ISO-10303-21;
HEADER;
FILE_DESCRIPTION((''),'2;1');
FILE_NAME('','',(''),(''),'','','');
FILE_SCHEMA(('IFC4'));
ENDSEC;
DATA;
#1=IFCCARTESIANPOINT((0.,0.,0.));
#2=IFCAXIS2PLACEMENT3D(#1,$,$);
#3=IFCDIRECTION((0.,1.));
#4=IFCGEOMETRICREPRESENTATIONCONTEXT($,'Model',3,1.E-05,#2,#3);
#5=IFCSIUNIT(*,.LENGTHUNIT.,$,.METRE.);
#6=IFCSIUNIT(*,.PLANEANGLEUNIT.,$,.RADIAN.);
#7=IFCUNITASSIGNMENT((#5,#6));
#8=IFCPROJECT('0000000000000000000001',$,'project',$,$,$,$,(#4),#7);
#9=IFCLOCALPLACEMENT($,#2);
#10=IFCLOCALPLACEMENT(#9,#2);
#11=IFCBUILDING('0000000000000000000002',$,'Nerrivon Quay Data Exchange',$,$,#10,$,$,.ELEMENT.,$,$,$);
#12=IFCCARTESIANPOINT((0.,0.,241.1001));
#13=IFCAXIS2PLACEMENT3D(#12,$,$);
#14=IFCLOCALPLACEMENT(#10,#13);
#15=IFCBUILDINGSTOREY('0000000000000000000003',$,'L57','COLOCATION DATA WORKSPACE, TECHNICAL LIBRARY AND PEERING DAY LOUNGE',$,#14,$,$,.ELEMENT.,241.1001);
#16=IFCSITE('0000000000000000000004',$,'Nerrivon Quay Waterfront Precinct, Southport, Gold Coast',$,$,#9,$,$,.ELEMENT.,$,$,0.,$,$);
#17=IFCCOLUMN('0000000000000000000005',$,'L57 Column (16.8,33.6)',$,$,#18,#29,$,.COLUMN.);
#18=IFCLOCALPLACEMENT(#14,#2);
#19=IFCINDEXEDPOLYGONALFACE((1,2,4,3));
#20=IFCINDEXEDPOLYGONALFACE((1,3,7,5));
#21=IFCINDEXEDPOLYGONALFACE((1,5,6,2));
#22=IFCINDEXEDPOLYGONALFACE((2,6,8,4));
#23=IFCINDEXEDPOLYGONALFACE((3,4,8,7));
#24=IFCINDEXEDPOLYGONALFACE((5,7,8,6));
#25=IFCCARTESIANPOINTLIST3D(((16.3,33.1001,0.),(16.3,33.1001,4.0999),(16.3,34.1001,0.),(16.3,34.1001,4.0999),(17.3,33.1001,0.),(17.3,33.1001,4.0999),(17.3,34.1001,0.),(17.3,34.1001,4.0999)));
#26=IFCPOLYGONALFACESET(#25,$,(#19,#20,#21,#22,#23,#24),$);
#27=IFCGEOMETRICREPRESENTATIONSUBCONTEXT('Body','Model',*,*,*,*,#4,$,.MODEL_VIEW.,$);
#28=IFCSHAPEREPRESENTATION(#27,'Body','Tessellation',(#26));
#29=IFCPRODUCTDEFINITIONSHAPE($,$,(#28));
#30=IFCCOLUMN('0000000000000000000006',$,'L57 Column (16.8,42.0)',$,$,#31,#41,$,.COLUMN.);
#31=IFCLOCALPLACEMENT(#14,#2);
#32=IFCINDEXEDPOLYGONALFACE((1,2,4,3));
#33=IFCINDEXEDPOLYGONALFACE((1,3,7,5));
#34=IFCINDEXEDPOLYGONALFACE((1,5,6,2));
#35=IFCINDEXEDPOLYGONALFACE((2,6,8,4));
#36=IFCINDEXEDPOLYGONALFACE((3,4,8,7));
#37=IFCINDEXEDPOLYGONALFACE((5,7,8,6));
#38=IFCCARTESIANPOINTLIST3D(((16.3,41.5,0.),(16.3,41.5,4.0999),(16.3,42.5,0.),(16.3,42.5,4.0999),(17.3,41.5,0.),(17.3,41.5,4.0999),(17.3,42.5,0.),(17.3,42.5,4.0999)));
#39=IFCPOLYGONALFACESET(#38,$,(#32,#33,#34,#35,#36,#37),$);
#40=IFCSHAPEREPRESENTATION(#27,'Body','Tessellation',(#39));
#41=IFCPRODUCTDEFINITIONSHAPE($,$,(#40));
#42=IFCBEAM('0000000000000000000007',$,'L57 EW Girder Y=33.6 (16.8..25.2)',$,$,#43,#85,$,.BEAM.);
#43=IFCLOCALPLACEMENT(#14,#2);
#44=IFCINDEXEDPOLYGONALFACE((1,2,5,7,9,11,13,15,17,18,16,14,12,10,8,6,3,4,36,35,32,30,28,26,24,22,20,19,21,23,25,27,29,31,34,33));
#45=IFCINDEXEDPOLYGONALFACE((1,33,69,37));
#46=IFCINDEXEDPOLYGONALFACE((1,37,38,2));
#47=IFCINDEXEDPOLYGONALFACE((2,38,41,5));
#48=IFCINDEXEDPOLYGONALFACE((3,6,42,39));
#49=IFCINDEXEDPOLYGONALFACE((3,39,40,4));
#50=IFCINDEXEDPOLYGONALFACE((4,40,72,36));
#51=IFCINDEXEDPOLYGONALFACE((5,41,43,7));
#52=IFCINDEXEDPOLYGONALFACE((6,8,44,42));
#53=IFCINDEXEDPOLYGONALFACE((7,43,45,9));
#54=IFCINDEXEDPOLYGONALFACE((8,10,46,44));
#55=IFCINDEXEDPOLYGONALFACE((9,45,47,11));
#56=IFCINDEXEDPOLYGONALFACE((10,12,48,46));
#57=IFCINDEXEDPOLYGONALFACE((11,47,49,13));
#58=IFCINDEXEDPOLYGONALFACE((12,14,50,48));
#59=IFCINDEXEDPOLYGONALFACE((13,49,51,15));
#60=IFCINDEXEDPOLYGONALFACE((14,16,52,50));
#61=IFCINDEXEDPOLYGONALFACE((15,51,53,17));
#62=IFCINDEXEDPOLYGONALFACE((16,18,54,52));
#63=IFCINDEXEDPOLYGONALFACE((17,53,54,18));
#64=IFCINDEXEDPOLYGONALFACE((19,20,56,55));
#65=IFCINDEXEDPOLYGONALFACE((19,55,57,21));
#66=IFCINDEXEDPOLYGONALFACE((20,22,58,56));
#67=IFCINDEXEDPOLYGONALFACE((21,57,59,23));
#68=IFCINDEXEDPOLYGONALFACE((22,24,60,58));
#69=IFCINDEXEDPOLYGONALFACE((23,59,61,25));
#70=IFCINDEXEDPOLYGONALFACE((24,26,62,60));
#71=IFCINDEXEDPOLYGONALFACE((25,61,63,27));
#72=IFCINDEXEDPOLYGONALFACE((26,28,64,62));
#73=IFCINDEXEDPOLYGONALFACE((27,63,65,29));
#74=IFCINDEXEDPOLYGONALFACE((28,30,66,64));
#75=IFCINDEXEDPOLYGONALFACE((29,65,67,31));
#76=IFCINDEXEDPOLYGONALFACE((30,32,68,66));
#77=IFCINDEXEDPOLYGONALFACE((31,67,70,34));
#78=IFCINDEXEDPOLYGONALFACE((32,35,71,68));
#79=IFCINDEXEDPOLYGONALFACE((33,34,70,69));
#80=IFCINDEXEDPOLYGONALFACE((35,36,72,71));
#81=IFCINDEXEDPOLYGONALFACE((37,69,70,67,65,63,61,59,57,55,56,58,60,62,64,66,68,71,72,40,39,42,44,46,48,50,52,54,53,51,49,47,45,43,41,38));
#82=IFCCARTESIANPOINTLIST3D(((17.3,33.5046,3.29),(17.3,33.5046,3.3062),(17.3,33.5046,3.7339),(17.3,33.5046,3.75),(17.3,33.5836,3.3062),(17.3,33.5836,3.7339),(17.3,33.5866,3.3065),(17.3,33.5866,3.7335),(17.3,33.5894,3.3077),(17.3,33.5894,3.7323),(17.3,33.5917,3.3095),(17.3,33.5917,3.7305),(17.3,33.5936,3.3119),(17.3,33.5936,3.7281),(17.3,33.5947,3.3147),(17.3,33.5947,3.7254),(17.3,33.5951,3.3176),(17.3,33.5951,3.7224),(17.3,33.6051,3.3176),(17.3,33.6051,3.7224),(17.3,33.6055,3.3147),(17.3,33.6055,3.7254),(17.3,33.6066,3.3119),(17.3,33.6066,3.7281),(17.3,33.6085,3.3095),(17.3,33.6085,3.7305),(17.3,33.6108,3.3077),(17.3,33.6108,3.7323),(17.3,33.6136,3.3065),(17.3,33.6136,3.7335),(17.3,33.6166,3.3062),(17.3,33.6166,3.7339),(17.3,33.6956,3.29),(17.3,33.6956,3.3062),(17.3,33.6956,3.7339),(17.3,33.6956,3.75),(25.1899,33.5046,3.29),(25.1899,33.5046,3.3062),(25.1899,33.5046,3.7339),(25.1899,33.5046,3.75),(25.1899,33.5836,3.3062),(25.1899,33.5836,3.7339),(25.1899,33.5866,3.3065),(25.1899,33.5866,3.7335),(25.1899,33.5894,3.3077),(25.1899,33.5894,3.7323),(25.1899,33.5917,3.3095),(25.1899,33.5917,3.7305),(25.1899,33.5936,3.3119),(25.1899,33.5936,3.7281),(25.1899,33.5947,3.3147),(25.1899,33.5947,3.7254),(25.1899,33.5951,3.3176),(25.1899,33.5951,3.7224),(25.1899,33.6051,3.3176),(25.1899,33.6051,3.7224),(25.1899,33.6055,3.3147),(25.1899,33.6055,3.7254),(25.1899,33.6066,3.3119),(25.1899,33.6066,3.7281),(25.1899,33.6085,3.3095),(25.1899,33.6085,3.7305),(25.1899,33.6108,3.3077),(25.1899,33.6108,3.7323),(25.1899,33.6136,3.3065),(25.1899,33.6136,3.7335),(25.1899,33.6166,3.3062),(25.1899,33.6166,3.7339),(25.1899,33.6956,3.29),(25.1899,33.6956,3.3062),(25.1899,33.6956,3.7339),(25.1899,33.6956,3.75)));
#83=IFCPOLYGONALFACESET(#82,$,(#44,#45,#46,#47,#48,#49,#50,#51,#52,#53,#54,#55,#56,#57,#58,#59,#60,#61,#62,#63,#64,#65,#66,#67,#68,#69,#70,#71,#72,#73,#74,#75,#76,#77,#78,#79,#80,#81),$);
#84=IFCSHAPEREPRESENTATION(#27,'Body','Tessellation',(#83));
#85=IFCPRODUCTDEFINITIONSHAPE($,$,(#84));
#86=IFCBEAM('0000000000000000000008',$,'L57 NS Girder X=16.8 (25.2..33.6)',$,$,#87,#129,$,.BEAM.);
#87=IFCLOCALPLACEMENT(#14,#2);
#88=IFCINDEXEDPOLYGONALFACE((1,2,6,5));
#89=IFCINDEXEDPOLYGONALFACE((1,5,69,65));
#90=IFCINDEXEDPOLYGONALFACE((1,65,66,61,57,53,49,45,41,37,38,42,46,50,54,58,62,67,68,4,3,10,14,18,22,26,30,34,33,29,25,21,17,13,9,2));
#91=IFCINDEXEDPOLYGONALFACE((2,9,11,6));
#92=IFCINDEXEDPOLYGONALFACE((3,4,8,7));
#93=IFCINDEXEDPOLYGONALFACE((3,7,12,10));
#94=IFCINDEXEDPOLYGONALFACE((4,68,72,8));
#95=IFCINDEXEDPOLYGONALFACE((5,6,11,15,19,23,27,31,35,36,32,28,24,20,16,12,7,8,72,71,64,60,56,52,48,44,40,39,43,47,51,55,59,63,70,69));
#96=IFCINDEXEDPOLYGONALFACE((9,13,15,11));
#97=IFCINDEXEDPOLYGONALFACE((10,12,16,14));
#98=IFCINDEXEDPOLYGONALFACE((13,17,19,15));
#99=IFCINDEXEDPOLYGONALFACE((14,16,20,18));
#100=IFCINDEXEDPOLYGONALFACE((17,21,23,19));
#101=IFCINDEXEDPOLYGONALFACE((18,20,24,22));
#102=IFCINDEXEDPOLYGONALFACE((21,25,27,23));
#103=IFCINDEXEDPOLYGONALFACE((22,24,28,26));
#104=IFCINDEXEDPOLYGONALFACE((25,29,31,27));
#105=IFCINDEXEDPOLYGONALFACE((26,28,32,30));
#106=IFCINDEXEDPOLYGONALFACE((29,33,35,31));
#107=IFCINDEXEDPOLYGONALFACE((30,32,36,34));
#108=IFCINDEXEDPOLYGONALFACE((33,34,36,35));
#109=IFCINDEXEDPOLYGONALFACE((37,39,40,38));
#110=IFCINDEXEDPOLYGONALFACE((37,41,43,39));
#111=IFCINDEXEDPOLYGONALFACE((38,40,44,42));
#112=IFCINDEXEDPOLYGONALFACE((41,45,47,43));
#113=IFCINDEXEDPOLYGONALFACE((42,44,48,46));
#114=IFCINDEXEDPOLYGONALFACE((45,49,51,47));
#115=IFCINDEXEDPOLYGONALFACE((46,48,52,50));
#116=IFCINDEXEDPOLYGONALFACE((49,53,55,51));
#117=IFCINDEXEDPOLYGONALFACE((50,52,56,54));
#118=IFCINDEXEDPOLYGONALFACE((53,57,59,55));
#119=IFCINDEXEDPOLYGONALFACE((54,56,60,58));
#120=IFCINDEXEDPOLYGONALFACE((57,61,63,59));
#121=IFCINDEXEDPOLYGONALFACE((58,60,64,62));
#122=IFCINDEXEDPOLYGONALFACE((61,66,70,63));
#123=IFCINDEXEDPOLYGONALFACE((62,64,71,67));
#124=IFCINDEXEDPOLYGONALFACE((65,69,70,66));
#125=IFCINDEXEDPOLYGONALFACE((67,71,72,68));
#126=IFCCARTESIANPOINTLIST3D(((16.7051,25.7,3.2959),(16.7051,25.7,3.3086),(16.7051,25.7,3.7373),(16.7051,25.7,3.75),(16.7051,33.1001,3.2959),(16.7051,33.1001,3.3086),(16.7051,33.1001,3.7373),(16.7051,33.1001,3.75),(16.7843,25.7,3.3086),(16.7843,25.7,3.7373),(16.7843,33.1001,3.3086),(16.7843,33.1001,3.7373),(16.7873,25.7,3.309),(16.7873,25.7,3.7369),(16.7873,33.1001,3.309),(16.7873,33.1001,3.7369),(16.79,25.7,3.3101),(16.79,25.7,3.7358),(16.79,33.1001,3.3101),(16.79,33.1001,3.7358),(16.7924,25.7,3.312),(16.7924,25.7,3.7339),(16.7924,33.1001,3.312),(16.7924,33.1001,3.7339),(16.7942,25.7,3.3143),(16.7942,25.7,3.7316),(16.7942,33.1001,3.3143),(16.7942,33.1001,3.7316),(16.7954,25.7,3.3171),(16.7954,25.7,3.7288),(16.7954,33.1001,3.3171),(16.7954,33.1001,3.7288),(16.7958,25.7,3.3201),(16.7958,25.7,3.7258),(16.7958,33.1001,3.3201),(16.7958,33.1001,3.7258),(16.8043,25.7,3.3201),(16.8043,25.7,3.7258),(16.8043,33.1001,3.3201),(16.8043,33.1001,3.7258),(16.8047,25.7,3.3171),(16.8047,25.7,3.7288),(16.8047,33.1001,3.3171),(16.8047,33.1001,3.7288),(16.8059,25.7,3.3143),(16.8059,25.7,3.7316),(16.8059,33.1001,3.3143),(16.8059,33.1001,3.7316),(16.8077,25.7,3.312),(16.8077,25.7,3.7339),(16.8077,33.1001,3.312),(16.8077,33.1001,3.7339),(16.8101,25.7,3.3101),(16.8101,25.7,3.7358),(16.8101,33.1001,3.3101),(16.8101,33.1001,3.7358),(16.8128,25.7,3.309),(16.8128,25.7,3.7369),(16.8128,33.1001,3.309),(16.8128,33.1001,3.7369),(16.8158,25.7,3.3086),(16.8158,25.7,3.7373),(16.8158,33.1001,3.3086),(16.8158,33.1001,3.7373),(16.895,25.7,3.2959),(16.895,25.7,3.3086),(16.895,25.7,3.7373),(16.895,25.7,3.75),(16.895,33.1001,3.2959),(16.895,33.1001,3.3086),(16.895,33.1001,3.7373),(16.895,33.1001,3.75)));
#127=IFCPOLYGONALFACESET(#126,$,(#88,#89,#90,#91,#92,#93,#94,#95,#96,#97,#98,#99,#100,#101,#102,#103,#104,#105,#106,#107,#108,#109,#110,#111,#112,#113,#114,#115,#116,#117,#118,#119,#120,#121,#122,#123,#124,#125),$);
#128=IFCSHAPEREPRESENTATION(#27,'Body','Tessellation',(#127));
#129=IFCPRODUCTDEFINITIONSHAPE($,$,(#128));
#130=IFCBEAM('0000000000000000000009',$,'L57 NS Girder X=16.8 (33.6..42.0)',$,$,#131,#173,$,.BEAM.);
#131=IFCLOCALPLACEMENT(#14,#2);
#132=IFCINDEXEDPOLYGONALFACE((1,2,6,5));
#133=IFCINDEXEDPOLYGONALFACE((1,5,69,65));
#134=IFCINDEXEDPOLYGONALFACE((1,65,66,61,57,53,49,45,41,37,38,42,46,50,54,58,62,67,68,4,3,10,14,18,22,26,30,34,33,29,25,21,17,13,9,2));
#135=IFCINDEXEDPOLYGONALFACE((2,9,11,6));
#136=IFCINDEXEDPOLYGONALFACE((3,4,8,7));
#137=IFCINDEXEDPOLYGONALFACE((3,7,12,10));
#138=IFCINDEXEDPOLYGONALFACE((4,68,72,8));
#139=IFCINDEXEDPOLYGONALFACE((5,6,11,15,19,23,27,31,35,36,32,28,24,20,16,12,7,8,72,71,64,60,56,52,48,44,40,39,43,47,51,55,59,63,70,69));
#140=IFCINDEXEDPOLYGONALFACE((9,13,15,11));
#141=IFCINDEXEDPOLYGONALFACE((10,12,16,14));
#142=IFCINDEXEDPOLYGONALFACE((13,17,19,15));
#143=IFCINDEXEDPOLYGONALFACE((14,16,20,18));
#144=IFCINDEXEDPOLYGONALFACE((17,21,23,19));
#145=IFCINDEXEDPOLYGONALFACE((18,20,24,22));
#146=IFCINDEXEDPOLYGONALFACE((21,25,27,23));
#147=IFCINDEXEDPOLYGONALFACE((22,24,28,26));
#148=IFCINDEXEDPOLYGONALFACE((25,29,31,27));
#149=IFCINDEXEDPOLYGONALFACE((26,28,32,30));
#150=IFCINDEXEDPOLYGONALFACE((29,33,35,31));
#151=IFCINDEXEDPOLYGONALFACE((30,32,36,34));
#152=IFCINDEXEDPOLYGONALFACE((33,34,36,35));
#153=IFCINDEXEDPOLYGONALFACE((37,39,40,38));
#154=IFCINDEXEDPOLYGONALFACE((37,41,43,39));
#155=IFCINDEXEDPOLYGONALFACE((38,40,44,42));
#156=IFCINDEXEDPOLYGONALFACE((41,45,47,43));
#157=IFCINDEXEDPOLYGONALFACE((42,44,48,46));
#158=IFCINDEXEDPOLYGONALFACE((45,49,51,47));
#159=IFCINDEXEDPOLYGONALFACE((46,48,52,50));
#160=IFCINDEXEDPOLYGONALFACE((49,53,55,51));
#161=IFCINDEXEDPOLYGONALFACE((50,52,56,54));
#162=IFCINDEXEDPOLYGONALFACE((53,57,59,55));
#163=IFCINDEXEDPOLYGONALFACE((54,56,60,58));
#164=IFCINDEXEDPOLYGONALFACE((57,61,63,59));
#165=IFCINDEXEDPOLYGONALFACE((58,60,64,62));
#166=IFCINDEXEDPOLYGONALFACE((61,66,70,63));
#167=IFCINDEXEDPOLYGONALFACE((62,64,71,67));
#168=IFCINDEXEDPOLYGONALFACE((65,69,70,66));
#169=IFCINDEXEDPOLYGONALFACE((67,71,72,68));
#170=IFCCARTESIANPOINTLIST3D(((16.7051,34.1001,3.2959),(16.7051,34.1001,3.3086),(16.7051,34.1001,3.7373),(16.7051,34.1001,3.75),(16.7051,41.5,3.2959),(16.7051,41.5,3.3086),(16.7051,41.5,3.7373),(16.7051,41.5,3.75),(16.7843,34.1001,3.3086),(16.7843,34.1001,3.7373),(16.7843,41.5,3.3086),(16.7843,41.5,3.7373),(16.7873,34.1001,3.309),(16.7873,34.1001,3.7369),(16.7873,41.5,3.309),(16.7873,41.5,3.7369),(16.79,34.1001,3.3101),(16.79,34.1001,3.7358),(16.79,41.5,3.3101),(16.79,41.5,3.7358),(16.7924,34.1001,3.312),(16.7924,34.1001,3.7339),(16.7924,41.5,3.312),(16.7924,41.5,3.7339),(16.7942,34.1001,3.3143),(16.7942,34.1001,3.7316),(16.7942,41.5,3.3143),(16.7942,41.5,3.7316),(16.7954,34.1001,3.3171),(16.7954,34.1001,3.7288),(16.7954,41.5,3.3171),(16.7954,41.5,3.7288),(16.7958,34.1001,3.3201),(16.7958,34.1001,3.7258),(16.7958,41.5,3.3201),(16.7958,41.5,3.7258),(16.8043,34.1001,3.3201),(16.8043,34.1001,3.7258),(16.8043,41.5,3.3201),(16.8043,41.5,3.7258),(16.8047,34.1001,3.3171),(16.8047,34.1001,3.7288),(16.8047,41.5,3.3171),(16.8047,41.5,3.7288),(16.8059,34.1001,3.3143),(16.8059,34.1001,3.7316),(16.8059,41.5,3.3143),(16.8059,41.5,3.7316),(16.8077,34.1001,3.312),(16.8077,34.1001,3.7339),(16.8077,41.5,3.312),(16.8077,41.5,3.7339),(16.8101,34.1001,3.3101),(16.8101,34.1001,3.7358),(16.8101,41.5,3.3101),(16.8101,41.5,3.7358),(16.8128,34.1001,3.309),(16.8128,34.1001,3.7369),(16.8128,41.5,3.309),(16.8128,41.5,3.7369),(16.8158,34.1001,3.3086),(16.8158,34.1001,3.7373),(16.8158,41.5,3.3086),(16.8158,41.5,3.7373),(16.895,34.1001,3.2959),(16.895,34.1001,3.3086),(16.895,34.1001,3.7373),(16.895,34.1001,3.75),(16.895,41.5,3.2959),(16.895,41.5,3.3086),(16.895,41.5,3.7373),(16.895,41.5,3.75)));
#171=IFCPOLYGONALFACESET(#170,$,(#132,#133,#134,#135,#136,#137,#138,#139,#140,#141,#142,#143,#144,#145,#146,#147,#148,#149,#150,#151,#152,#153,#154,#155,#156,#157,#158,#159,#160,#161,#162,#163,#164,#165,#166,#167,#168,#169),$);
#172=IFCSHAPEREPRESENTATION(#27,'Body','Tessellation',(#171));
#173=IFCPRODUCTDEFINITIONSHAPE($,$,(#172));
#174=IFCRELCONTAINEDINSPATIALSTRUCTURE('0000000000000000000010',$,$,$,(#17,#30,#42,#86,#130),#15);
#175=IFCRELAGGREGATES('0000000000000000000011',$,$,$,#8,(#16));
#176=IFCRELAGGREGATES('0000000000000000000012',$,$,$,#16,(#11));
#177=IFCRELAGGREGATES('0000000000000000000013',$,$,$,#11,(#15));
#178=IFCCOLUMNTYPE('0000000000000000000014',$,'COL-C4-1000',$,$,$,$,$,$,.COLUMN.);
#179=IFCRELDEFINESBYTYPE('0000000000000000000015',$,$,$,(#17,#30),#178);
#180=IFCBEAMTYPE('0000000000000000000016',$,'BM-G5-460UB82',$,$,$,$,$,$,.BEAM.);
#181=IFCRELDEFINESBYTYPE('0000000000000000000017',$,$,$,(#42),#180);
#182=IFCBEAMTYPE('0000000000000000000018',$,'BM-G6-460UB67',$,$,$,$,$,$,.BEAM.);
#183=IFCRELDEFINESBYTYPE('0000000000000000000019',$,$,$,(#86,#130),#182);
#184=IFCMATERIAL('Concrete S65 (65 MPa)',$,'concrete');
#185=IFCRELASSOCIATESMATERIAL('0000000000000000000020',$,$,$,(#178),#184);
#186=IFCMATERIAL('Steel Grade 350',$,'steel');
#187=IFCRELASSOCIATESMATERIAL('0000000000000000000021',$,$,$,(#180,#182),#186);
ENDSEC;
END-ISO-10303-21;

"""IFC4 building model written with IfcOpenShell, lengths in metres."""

from ifc_helpers import new_model, si_unit, direction, frame, origin, origin_2d, place, context, subcontext, project, spatial, rectangle, i_section, extrude, material, material_profile, profile_set, type_object, element, save


model = new_model("IFC4")

# Units and contexts
model_context = context("Model", 3, precision=1e-05, world=origin(), true_north=direction((0.0, 1.0)))
body_context = subcontext(model_context, "Body", "Model", "MODEL_VIEW")
ifc_project = project(units=[si_unit("LENGTHUNIT", "METRE"), si_unit("PLANEANGLEUNIT", "RADIAN")], contexts=[model_context])

# Site, building, storey
site_placement = place(None, origin())
site = spatial("IfcSite", under=ifc_project, at=site_placement, Name="Nerrivon Quay Waterfront Precinct, Southport, Gold Coast", CompositionType="ELEMENT", RefElevation=0.0)
building_placement = place(site_placement, origin())
building = spatial("IfcBuilding", under=site, at=building_placement, Name="Nerrivon Quay Data Exchange", CompositionType="ELEMENT")
storey_placement = place(building_placement, frame((0.0, 0.0, 241.1001)))
storey = spatial("IfcBuildingStorey", under=building, at=storey_placement, Name="L57", Description="COLOCATION DATA WORKSPACE, TECHNICAL LIBRARY AND PEERING DAY LOUNGE", CompositionType="ELEMENT", Elevation=241.1001)

# Columns
ifc_material_1 = material(Name="Concrete S65 (65 MPa)", Category="concrete")
ifc_material_profile_1 = material_profile(ifc_material_1, rectangle(XDim=1.0, YDim=1.0, at=origin_2d()), Name="RC-COL-1000x1000")
ifc_profile_set_1 = profile_set([ifc_material_profile_1], Name="Concrete S65 (65 MPa)")
column_type = type_object("IfcColumnType", Name="COL-C4-1000", PredefinedType="COLUMN", material=ifc_profile_set_1)
for number, where, z_axis, x_axis, name in (
    (1, (16.8, 33.6001, 0.0), (0.0, 0.0, 1.0), (1.0, 0.0, 0.0), "L57 Column (16.8,33.6)"),
    (2, (16.8, 42.0, 0.0), (0.0, 0.0, 1.0), (1.0, 0.0, 0.0), "L57 Column (16.8,42.0)"),
):
    element("IfcColumn", number, at=place(storey_placement, frame(where, z_axis=z_axis, x_axis=x_axis)), inside=storey, type_object=column_type, Name=name, PredefinedType="COLUMN", context=body_context, shape_type="SweptSolid", body=[
        extrude(rectangle(XDim=1.0, YDim=1.0, at=origin_2d()), origin(), (0.0, 0.0, 1.0), 4.0999),
    ])

# Beams
ifc_material_2 = material(Name="Steel Grade 350", Category="steel")
ifc_material_profile_2 = material_profile(ifc_material_2, i_section(OverallWidth=0.1909, OverallDepth=0.46, WebThickness=0.01, FlangeThickness=0.0161, FilletRadius=0.0115, at=origin_2d()), Name="460UB82.1")
ifc_profile_set_2 = profile_set([ifc_material_profile_2], Name="Steel Grade 350")
beam_type_1 = type_object("IfcBeamType", Name="BM-G5-460UB82", PredefinedType="BEAM", material=ifc_profile_set_2)
beam_1_placement = place(storey_placement, frame((17.3, 33.6001, 3.52), z_axis=(1.0, 0.0, 0.0), x_axis=(0.0, 1.0, 0.0)))
element("IfcBeam", 3, at=beam_1_placement, inside=storey, type_object=beam_type_1, Name="L57 EW Girder Y=33.6 (16.8..25.2)", PredefinedType="BEAM", context=body_context, shape_type="SweptSolid", body=[
    extrude(i_section(OverallWidth=0.1909, OverallDepth=0.46, WebThickness=0.01, FlangeThickness=0.0161, FilletRadius=0.0115, at=origin_2d()), origin(), (0.0, 0.0, 1.0), 7.8899),
])
ifc_material_profile_3 = material_profile(ifc_material_2, i_section(OverallWidth=0.1899, OverallDepth=0.4541, WebThickness=0.0085, FlangeThickness=0.0127, FilletRadius=0.0115, at=origin_2d()), Name="460UB67.1")
ifc_profile_set_3 = profile_set([ifc_material_profile_3], Name="Steel Grade 350")
beam_type_2 = type_object("IfcBeamType", Name="BM-G6-460UB67", PredefinedType="BEAM", material=ifc_profile_set_3)
beam_2_placement = place(storey_placement, frame((16.8, 25.7, 3.5229), z_axis=(0.0, 1.0, 0.0), x_axis=(-1.0, 0.0, 0.0)))
element("IfcBeam", 4, at=beam_2_placement, inside=storey, type_object=beam_type_2, Name="L57 NS Girder X=16.8 (25.2..33.6)", PredefinedType="BEAM", context=body_context, shape_type="SweptSolid", body=[
    extrude(i_section(OverallWidth=0.1899, OverallDepth=0.4541, WebThickness=0.0085, FlangeThickness=0.0127, FilletRadius=0.0115, at=origin_2d()), origin(), (0.0, 0.0, 1.0), 7.4001),
])
beam_3_placement = place(storey_placement, frame((16.8, 34.1001, 3.5229), z_axis=(0.0, 1.0, 0.0), x_axis=(-1.0, 0.0, 0.0)))
element("IfcBeam", 5, at=beam_3_placement, inside=storey, type_object=beam_type_2, Name="L57 NS Girder X=16.8 (33.6..42.0)", PredefinedType="BEAM", context=body_context, shape_type="SweptSolid", body=[
    extrude(i_section(OverallWidth=0.1899, OverallDepth=0.4541, WebThickness=0.0085, FlangeThickness=0.0127, FilletRadius=0.0115, at=origin_2d()), origin(), (0.0, 0.0, 1.0), 7.3999),
])

save(model, "model.ifc")
